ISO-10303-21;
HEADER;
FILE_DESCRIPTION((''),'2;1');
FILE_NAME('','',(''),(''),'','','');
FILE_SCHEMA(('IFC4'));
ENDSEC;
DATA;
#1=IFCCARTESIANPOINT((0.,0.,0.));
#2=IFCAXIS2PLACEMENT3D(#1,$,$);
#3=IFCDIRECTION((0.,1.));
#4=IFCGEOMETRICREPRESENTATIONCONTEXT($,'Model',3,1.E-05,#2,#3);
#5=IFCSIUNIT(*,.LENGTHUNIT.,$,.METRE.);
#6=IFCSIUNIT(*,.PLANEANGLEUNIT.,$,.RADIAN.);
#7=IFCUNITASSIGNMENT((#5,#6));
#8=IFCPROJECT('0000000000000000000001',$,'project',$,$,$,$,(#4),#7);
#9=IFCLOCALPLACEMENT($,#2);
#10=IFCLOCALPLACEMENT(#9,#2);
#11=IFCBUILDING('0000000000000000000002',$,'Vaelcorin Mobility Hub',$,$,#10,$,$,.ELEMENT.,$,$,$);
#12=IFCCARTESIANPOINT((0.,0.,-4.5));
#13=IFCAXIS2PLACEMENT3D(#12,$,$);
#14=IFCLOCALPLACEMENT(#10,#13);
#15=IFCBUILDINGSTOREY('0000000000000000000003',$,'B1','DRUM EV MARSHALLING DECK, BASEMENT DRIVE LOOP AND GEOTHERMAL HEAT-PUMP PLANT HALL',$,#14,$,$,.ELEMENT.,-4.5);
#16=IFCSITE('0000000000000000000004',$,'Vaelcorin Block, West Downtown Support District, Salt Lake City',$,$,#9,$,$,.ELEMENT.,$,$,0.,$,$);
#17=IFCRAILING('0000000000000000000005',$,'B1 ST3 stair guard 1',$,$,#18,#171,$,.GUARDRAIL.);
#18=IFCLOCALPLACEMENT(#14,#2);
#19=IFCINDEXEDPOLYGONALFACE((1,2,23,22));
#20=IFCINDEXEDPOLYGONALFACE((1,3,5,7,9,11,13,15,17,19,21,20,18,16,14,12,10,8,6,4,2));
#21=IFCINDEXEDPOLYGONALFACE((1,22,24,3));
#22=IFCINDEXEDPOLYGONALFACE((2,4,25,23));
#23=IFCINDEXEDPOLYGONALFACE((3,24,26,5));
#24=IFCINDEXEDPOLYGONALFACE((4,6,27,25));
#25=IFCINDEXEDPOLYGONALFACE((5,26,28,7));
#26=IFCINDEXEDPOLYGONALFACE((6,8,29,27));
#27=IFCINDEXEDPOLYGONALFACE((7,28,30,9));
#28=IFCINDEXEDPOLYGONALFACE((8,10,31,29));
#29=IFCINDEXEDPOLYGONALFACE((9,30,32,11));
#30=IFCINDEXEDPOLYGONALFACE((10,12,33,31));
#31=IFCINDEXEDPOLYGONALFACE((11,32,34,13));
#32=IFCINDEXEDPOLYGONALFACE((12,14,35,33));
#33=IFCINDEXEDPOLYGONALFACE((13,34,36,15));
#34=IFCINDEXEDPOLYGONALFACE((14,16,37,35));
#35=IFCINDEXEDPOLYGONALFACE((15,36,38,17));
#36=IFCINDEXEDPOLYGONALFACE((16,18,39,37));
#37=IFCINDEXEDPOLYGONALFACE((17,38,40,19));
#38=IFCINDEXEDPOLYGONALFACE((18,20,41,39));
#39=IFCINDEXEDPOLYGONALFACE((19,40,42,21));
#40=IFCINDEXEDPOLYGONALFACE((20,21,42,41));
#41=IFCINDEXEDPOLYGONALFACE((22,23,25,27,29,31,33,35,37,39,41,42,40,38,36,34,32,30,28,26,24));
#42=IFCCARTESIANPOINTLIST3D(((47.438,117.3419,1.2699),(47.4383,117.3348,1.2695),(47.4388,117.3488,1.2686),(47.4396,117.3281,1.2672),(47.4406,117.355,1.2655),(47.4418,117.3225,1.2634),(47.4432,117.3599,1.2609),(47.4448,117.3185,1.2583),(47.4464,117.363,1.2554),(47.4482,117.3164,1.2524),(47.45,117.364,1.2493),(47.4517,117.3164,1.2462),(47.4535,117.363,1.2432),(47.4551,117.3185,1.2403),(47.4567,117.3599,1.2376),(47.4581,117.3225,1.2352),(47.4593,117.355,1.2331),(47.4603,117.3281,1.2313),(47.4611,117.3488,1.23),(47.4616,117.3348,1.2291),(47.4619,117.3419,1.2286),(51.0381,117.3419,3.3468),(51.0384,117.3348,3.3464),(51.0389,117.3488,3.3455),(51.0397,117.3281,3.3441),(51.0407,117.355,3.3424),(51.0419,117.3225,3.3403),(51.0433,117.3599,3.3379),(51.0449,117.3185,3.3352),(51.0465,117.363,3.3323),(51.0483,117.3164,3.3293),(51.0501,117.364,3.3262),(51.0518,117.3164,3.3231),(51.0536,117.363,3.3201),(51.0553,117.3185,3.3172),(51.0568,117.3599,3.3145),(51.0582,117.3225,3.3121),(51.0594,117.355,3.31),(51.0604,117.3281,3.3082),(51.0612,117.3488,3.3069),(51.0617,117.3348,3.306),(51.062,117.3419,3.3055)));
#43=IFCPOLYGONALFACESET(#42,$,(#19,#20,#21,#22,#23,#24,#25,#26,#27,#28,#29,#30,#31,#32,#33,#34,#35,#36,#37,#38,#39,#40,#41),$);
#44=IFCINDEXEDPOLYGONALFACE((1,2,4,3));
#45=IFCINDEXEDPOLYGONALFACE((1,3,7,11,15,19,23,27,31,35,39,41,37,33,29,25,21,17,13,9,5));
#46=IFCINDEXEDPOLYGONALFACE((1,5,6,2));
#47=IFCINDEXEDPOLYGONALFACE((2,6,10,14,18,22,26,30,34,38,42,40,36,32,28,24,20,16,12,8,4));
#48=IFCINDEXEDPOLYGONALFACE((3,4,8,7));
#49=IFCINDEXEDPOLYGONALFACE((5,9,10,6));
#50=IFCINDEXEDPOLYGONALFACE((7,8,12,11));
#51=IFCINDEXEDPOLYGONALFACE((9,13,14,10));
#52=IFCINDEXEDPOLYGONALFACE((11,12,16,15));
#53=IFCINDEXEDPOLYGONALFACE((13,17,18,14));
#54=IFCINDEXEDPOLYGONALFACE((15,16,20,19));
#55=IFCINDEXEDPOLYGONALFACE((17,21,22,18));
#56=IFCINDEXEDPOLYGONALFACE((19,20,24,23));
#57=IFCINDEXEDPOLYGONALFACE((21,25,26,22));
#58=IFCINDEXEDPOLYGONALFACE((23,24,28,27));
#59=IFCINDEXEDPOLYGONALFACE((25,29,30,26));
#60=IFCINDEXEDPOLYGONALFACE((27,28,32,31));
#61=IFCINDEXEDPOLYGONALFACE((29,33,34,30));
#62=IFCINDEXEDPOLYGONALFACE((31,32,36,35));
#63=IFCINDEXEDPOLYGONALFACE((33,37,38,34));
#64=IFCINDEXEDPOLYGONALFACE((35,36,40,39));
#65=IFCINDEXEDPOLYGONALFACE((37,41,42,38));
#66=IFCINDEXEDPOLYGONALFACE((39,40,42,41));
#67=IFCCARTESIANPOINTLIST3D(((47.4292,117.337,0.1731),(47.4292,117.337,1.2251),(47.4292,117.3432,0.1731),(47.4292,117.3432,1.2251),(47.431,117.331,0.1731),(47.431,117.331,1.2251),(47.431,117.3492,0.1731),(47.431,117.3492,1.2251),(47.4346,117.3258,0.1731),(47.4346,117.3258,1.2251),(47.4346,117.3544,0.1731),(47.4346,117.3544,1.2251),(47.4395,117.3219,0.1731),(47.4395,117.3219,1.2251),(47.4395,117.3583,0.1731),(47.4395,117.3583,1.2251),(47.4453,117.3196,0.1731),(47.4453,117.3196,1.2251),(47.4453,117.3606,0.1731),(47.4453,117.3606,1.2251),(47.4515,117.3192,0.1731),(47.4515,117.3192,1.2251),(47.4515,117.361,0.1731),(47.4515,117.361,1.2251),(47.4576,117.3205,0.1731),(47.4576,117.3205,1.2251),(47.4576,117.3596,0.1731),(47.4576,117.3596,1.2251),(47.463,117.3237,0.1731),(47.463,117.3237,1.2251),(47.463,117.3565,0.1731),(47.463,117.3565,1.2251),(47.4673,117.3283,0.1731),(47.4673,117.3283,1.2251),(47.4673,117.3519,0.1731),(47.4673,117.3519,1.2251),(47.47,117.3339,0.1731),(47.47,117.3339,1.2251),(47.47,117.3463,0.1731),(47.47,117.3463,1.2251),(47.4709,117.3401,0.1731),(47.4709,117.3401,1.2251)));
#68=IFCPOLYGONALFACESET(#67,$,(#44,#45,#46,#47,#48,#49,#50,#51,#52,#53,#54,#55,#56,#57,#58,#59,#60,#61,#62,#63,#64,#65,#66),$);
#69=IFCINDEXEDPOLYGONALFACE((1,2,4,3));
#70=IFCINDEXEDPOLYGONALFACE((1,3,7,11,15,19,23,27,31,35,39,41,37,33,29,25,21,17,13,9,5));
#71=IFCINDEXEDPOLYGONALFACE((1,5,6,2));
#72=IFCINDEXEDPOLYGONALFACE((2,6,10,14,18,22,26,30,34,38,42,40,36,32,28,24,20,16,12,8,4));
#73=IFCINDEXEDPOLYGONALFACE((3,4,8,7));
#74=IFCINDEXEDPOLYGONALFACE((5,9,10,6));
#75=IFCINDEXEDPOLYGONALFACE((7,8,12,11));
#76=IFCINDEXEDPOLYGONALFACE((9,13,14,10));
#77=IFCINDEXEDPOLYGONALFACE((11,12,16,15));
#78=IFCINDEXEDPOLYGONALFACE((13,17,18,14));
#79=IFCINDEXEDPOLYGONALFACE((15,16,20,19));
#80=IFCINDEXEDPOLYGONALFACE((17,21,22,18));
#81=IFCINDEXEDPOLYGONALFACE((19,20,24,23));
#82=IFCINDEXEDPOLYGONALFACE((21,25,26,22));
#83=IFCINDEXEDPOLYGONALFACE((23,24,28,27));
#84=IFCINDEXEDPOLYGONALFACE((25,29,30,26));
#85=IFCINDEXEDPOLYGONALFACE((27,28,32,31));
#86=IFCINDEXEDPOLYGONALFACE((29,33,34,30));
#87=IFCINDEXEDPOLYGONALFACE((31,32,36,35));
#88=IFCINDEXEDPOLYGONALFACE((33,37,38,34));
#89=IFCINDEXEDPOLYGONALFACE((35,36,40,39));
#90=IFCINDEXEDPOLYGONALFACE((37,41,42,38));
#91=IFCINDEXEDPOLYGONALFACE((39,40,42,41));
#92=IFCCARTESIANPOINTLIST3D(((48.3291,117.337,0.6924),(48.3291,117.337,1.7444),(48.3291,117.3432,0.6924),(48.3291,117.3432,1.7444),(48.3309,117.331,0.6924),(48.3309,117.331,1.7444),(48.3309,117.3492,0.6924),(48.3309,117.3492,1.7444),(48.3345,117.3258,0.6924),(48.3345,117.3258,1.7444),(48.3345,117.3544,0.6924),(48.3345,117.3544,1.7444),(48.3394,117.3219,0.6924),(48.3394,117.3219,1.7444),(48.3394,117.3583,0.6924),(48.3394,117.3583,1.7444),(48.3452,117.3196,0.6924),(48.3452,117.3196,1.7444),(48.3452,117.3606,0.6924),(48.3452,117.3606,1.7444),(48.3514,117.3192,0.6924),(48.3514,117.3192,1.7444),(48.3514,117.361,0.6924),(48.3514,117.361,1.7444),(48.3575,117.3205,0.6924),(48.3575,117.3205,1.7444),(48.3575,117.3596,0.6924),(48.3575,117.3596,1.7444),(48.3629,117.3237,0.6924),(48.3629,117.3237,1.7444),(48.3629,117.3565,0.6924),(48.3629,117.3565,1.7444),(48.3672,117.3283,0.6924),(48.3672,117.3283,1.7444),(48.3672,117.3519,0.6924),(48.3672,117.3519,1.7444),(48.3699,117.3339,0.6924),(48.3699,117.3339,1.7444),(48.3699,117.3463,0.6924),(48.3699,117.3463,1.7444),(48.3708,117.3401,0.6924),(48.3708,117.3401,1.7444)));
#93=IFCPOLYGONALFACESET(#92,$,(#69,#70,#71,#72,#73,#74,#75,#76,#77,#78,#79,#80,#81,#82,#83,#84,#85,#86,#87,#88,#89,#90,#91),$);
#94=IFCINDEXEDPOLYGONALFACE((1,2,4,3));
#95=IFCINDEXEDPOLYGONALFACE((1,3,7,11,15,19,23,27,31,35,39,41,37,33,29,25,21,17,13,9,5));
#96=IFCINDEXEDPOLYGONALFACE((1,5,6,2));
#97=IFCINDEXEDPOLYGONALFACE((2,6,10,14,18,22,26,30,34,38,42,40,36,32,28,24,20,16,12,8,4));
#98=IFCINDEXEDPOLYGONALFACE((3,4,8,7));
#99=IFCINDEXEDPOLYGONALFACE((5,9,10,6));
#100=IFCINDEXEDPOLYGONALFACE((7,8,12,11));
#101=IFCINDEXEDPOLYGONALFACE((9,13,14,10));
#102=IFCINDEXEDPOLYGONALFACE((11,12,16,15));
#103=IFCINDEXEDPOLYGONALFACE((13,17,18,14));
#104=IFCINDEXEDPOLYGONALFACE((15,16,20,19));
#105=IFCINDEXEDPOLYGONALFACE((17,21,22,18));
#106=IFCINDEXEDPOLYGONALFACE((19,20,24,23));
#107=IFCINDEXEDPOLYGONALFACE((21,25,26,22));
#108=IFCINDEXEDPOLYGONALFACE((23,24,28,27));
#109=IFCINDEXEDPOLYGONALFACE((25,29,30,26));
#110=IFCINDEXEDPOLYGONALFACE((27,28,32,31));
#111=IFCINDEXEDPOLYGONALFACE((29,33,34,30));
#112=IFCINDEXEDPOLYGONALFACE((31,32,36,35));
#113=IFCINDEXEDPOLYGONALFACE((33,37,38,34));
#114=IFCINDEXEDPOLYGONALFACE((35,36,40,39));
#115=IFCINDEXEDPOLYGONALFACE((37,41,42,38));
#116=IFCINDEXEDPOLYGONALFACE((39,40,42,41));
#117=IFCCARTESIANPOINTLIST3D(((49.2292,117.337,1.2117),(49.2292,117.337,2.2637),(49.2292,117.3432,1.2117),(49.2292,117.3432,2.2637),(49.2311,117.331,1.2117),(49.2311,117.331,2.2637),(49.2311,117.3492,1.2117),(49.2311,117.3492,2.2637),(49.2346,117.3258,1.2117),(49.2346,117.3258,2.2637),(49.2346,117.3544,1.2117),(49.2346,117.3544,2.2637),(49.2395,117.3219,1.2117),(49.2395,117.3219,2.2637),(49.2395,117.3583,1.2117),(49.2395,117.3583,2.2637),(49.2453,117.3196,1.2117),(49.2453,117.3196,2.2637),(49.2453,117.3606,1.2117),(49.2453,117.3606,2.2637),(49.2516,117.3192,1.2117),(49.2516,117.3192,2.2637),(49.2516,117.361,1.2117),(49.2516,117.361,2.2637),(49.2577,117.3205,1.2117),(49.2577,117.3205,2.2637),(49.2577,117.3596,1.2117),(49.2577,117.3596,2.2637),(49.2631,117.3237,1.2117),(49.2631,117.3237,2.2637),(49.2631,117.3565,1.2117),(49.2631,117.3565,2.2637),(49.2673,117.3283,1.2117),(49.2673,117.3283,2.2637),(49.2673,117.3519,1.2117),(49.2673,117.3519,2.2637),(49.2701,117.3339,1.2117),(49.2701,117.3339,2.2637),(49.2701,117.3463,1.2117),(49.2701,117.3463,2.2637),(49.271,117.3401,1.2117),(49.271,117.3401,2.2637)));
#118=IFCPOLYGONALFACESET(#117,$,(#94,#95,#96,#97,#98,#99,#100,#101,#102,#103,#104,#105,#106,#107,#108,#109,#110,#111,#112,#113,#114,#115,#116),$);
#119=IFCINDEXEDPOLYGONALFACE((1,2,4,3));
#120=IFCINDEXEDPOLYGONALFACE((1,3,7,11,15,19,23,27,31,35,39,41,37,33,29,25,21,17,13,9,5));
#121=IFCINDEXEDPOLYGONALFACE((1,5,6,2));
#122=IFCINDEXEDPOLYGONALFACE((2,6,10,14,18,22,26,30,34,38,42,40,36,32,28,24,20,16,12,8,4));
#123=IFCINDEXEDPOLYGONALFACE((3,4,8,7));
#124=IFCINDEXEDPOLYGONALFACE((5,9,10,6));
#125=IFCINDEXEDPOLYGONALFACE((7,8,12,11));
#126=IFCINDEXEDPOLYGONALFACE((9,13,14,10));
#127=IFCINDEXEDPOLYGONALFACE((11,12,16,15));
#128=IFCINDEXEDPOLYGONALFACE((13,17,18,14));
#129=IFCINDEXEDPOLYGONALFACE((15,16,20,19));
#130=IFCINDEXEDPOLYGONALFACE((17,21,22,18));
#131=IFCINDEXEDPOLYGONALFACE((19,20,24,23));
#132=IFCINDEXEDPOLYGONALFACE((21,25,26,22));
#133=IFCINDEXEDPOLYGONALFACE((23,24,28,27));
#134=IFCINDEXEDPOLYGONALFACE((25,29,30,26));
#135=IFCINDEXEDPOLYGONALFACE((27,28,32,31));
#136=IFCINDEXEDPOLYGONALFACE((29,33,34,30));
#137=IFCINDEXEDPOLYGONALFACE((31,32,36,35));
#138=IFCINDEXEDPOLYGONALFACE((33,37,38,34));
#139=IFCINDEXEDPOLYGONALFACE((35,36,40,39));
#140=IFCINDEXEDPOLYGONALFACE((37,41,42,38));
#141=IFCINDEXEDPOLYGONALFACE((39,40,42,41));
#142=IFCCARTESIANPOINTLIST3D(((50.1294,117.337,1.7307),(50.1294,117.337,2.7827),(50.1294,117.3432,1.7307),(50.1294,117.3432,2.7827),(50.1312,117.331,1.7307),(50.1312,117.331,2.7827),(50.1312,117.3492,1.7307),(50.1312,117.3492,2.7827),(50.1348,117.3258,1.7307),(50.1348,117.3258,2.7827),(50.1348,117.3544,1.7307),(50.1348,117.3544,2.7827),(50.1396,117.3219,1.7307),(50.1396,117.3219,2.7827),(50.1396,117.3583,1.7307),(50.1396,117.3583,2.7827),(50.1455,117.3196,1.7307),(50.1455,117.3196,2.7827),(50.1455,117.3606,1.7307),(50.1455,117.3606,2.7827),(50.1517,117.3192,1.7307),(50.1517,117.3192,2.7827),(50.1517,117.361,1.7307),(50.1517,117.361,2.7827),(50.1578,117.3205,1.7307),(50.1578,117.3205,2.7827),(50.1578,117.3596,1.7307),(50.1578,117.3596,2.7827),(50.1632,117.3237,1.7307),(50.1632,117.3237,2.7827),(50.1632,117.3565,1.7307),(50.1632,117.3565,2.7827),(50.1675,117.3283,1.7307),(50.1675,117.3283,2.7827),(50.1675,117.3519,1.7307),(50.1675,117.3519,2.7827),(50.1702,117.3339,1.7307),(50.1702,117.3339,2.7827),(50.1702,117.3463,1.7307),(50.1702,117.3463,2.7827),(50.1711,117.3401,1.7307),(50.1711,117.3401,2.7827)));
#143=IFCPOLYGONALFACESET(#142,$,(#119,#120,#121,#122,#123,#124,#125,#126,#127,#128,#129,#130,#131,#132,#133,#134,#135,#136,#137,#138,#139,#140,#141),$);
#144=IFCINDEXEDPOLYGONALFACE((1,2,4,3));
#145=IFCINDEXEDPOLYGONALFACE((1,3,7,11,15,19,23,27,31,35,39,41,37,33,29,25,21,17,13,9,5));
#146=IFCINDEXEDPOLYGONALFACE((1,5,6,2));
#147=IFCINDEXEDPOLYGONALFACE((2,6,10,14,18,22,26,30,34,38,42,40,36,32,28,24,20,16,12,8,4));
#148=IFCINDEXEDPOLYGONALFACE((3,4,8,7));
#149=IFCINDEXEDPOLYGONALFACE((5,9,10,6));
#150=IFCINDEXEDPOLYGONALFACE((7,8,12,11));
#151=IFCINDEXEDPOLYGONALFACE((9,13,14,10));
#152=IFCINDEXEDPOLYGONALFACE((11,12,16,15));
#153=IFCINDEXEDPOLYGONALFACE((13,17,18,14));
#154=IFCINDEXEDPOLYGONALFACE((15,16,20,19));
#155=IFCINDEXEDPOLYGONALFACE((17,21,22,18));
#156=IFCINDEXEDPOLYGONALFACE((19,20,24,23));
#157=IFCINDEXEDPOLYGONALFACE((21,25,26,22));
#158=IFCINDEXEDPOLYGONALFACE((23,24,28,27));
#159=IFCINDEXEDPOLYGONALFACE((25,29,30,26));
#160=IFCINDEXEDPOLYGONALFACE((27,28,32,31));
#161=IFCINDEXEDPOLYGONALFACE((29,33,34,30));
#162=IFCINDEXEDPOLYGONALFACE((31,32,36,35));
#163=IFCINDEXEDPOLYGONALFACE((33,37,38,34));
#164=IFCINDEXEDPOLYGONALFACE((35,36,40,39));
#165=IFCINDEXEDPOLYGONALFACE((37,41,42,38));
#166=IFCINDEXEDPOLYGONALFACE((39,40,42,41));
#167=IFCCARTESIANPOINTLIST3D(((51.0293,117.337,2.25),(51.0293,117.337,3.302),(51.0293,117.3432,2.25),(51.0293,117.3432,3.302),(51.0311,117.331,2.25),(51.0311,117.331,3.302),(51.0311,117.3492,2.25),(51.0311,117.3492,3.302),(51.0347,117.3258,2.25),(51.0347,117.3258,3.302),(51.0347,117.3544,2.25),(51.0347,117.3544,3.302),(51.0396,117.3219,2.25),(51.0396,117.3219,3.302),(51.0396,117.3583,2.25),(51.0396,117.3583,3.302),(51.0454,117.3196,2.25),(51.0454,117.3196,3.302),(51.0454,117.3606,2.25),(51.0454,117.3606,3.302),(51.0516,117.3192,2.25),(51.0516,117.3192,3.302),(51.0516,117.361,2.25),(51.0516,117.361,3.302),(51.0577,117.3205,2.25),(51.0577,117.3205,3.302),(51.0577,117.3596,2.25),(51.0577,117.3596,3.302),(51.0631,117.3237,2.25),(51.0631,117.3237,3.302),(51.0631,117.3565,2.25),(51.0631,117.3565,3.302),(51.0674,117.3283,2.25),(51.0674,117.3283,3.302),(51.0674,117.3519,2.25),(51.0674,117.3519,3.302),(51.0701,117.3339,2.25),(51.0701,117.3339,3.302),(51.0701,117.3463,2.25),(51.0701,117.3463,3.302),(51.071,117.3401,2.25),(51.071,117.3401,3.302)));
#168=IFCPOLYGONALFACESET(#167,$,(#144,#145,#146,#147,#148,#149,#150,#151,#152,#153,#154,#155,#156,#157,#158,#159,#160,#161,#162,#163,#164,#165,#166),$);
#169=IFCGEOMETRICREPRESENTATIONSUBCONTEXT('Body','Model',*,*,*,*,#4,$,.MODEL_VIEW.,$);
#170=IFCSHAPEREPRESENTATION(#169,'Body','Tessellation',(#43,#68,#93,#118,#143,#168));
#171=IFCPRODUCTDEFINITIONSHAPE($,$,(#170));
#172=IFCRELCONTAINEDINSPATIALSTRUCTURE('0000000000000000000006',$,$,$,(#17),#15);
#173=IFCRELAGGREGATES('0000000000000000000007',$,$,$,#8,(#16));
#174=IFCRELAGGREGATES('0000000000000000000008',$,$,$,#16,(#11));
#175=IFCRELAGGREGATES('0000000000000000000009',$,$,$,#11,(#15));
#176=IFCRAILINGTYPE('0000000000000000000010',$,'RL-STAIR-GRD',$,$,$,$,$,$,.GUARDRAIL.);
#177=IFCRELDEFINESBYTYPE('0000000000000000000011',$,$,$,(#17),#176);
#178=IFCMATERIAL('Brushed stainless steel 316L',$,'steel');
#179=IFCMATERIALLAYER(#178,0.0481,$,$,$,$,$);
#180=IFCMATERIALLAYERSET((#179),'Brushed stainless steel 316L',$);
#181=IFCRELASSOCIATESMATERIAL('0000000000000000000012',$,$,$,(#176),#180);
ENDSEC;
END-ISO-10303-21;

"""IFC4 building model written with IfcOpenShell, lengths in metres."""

from ifc_helpers import new_model, si_unit, direction, frame, origin, origin_2d, place, context, subcontext, project, spatial, circle, extrude, material, layer, layer_set, type_object, element, save


model = new_model("IFC4")

# Units and contexts
model_context = context("Model", 3, precision=1e-05, world=origin(), true_north=direction((0.0, 1.0)))
body_context = subcontext(model_context, "Body", "Model", "MODEL_VIEW")
ifc_project = project(units=[si_unit("LENGTHUNIT", "METRE"), si_unit("PLANEANGLEUNIT", "RADIAN")], contexts=[model_context])

# Site, building, storey
site_placement = place(None, origin())
site = spatial("IfcSite", under=ifc_project, at=site_placement, Name="Vaelcorin Block, West Downtown Support District, Salt Lake City", CompositionType="ELEMENT", RefElevation=0.0)
building_placement = place(site_placement, origin())
building = spatial("IfcBuilding", under=site, at=building_placement, Name="Vaelcorin Mobility Hub", CompositionType="ELEMENT")
storey_placement = place(building_placement, frame((0.0, 0.0, -4.5)))
storey = spatial("IfcBuildingStorey", under=building, at=storey_placement, Name="B1", Description="DRUM EV MARSHALLING DECK, BASEMENT DRIVE LOOP AND GEOTHERMAL HEAT-PUMP PLANT HALL", CompositionType="ELEMENT", Elevation=-4.5)

# Railing
ifc_material_1 = material(Name="Brushed stainless steel 316L", Category="steel")
ifc_layer_1 = layer(ifc_material_1, 0.0481)
ifc_layer_set_1 = layer_set([ifc_layer_1], Name="Brushed stainless steel 316L")
railing_type_1 = type_object("IfcRailingType", Name="RL-STAIR-GRD", PredefinedType="GUARDRAIL", material=ifc_layer_set_1)
railing_1_placement = place(storey_placement, frame((47.45, 117.3401, 0.1731)))
element("IfcRailing", 1, at=railing_1_placement, inside=storey, type_object=railing_type_1, Name="B1 ST3 stair guard 1", PredefinedType="GUARDRAIL", context=body_context, shape_type="SweptSolid", body=[
    extrude(circle(Radius=0.0239, at=origin_2d()), frame((0.0, 0.0, 1.0762), z_axis=(0.866193, 0.0, 0.499709), x_axis=(0.0, 1.0, 0.0)), (0.0, 0.0, 1.0), 4.1562),
    extrude(circle(Radius=0.021, at=origin_2d()), origin(), (0.0, 0.0, 1.0), 1.052),
    extrude(circle(Radius=0.021, at=origin_2d()), frame((0.8999, 0.0, 0.5193)), (0.0, 0.0, 1.0), 1.052),
    extrude(circle(Radius=0.021, at=origin_2d()), frame((1.8, 0.0, 1.0386)), (0.0, 0.0, 1.0), 1.052),
    extrude(circle(Radius=0.021, at=origin_2d()), frame((2.7002, 0.0, 1.5576)), (0.0, 0.0, 1.0), 1.052),
    extrude(circle(Radius=0.021, at=origin_2d()), frame((3.6001, 0.0, 2.0769)), (0.0, 0.0, 1.0), 1.052),
])

save(model, "model.ifc")
